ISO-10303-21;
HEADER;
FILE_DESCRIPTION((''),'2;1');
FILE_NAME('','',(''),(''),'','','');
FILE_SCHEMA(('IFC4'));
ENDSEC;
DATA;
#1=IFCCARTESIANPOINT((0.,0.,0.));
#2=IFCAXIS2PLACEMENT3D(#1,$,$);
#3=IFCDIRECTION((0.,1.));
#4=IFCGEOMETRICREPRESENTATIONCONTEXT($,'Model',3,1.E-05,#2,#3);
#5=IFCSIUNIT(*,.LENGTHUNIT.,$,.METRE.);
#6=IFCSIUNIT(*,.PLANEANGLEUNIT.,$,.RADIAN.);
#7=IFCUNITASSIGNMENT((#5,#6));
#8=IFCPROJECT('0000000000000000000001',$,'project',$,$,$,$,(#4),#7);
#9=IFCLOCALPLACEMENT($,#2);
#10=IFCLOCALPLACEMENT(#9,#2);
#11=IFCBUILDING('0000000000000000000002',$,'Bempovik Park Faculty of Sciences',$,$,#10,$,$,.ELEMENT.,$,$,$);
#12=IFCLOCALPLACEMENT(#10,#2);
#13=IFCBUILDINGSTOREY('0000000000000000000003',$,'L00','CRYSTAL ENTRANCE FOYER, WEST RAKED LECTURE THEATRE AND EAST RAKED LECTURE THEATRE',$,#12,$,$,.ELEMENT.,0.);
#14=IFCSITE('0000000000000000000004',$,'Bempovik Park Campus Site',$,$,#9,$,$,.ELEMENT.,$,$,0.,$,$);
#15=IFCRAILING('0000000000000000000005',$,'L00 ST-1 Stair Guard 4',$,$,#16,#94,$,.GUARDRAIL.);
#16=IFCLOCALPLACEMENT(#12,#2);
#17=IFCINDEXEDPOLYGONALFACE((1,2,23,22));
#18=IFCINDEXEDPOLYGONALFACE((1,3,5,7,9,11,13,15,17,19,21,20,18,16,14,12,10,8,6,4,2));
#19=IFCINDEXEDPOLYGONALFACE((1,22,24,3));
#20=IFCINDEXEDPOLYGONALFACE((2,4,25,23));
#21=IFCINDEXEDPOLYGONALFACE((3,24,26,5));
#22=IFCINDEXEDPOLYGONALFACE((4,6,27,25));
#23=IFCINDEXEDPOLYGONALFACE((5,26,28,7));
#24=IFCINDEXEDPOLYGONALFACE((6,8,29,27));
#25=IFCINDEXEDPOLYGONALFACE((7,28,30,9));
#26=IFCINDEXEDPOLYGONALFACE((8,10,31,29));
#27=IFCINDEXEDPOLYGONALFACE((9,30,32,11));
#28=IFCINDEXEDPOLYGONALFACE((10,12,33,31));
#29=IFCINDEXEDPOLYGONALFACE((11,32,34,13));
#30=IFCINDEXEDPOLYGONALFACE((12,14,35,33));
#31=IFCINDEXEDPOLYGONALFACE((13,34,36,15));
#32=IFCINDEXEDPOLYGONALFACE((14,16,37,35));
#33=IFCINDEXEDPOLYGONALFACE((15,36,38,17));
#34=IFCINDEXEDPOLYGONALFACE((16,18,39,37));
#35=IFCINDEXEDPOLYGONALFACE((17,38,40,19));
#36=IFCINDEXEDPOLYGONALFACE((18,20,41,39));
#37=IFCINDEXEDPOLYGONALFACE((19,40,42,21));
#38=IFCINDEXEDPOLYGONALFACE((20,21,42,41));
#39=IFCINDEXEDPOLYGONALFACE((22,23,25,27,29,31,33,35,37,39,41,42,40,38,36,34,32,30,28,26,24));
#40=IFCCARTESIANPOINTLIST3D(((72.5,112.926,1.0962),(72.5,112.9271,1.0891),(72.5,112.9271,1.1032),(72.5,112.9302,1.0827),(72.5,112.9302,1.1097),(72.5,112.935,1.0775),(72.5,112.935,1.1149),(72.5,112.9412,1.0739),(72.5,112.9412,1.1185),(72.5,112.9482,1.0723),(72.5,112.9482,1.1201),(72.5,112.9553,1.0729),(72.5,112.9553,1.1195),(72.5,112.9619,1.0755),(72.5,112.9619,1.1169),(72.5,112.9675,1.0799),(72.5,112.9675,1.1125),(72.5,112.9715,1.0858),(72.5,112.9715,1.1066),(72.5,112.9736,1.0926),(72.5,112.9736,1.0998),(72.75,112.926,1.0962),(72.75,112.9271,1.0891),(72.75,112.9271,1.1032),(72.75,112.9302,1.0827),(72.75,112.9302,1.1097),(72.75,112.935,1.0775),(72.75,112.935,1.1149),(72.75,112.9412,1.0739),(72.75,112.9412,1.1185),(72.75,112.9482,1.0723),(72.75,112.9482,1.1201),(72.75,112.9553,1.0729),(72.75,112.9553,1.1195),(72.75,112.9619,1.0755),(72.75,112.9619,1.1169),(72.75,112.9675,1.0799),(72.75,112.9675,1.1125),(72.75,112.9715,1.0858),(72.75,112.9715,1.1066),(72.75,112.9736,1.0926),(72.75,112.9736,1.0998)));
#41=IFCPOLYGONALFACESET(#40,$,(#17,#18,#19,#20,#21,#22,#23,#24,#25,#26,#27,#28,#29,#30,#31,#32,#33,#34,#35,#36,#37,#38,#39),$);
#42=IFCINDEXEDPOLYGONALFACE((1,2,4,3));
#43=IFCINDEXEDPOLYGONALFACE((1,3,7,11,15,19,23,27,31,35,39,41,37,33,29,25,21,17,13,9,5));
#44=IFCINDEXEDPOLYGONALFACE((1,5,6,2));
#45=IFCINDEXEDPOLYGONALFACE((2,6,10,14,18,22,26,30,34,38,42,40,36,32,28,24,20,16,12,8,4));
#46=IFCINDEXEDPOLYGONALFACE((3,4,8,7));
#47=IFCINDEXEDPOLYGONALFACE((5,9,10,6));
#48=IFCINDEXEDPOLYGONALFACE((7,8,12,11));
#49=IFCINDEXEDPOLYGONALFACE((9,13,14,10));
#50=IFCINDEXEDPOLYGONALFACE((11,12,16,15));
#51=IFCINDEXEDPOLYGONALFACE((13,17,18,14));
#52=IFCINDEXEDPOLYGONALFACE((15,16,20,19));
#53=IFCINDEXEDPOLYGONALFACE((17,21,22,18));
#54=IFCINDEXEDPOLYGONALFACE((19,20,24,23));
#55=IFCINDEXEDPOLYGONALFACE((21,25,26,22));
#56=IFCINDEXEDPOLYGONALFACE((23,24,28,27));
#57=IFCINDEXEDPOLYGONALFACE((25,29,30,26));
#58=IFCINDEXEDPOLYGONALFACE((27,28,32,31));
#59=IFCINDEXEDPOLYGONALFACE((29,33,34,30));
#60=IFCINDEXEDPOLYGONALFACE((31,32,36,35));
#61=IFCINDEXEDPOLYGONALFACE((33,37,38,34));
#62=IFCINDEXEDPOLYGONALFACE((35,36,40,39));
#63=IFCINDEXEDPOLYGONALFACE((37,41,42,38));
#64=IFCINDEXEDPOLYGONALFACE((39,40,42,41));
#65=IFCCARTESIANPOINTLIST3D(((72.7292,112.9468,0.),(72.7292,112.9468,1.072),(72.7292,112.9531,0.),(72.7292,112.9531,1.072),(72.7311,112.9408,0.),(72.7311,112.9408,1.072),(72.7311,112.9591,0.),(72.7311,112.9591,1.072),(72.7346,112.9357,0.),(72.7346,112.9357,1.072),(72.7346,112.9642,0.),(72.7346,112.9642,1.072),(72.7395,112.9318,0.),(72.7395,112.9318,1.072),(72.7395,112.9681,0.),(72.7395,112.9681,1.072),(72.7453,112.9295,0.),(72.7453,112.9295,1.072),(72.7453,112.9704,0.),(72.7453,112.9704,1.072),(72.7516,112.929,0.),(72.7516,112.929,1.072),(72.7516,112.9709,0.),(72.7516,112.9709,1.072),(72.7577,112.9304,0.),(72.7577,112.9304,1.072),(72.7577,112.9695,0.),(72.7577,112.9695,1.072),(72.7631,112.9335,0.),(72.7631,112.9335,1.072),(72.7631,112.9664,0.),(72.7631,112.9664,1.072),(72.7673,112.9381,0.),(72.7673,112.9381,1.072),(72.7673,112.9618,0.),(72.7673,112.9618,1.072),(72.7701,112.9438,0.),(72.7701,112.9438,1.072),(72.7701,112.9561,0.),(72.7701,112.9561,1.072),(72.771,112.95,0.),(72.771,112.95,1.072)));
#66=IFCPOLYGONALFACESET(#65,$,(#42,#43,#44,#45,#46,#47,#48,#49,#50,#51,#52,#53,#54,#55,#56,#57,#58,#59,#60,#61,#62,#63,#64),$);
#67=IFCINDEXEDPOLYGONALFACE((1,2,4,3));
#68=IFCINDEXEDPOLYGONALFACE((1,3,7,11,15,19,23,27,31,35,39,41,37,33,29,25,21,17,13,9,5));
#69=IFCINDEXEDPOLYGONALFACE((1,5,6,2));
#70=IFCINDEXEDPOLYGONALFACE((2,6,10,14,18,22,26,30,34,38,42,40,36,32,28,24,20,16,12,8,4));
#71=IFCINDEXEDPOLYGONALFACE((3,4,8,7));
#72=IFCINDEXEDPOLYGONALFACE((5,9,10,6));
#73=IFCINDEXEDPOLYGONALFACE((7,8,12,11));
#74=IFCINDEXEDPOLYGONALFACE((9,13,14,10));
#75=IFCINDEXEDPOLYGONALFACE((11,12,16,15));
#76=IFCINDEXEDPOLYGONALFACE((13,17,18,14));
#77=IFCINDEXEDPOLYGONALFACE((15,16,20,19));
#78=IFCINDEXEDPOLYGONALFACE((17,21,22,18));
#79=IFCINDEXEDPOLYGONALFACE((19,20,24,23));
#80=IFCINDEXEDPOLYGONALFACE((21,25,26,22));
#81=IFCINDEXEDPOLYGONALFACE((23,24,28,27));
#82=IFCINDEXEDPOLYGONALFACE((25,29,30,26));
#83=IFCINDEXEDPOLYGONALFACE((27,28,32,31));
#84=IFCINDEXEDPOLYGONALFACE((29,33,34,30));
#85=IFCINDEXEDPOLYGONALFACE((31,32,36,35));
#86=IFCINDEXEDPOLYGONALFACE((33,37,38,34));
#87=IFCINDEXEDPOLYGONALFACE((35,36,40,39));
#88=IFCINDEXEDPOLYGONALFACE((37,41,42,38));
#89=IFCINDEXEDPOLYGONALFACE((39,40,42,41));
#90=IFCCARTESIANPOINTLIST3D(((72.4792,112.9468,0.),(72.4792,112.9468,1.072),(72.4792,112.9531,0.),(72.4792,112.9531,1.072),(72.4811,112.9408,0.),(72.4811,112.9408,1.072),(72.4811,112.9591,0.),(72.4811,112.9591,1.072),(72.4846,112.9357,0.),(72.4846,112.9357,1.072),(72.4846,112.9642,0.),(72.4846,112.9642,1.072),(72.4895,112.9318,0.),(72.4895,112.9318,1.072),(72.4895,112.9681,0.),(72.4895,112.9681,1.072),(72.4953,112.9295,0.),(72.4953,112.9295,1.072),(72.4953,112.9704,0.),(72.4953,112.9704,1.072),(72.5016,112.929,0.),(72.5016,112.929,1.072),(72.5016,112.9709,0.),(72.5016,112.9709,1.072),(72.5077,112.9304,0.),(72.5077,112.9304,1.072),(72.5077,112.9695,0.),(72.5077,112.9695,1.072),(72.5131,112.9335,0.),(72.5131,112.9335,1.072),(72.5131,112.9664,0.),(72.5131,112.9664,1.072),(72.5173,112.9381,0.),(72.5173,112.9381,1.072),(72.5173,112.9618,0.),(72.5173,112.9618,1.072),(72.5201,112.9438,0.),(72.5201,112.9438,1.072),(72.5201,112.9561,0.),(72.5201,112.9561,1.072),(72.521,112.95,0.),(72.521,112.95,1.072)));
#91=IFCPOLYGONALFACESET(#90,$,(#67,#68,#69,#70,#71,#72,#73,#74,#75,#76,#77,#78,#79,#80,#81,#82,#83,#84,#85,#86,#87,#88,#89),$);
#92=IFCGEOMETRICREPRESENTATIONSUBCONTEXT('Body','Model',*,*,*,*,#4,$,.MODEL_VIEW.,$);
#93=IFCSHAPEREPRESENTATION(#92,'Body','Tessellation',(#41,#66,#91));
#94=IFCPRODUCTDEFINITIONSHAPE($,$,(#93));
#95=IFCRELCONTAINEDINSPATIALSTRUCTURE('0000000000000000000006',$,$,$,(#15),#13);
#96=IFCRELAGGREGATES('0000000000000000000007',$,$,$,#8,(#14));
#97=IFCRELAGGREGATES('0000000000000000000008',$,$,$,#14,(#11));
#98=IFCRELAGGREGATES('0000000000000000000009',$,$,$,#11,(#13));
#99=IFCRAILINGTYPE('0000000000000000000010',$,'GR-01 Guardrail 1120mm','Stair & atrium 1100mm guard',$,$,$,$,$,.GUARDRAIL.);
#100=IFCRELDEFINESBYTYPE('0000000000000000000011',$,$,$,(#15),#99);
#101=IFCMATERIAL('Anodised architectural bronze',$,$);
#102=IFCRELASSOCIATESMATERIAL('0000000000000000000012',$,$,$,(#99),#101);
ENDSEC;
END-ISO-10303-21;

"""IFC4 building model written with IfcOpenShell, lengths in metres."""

from ifc_helpers import new_model, si_unit, direction, frame, origin, origin_2d, place, context, subcontext, project, spatial, circle, extrude, material, type_object, element, save


model = new_model("IFC4")

# Units and contexts
model_context = context("Model", 3, precision=1e-05, world=origin(), true_north=direction((0.0, 1.0)))
body_context = subcontext(model_context, "Body", "Model", "MODEL_VIEW")
ifc_project = project(units=[si_unit("LENGTHUNIT", "METRE"), si_unit("PLANEANGLEUNIT", "RADIAN")], contexts=[model_context])

# Site, building, storey
site_placement = place(None, origin())
site = spatial("IfcSite", under=ifc_project, at=site_placement, Name="Bempovik Park Campus Site", CompositionType="ELEMENT", RefElevation=0.0)
building_placement = place(site_placement, origin())
building = spatial("IfcBuilding", under=site, at=building_placement, Name="Bempovik Park Faculty of Sciences", CompositionType="ELEMENT")
storey_placement = place(building_placement, origin())
storey = spatial("IfcBuildingStorey", under=building, at=storey_placement, Name="L00", Description="CRYSTAL ENTRANCE FOYER, WEST RAKED LECTURE THEATRE AND EAST RAKED LECTURE THEATRE", CompositionType="ELEMENT", Elevation=0.0)

# Railing
ifc_material_1 = material(Name="Anodised architectural bronze")
railing_type_1 = type_object("IfcRailingType", Name="GR-01 Guardrail 1120mm", Description="Stair & atrium 1100mm guard", PredefinedType="GUARDRAIL", material=ifc_material_1)
railing_1_placement = place(storey_placement, frame((72.75, 112.95, 0.0)))
element("IfcRailing", 1, at=railing_1_placement, inside=storey, type_object=railing_type_1, Name="L00 ST-1 Stair Guard 4", PredefinedType="GUARDRAIL", context=body_context, shape_type="SweptSolid", body=[
    extrude(circle(Radius=0.0239, at=origin_2d()), frame((0.0, 0.0, 1.0962), z_axis=(-1.0, 0.0, 0.0), x_axis=(0.0, -1.0, 0.0)), (0.0, 0.0, 1.0), 0.25),
    extrude(circle(Radius=0.021, at=origin_2d()), origin(), (0.0, 0.0, 1.0), 1.072),
    extrude(circle(Radius=0.021, at=origin_2d()), frame((-0.25, 0.0, 0.0)), (0.0, 0.0, 1.0), 1.072),
])

save(model, "model.ifc")
